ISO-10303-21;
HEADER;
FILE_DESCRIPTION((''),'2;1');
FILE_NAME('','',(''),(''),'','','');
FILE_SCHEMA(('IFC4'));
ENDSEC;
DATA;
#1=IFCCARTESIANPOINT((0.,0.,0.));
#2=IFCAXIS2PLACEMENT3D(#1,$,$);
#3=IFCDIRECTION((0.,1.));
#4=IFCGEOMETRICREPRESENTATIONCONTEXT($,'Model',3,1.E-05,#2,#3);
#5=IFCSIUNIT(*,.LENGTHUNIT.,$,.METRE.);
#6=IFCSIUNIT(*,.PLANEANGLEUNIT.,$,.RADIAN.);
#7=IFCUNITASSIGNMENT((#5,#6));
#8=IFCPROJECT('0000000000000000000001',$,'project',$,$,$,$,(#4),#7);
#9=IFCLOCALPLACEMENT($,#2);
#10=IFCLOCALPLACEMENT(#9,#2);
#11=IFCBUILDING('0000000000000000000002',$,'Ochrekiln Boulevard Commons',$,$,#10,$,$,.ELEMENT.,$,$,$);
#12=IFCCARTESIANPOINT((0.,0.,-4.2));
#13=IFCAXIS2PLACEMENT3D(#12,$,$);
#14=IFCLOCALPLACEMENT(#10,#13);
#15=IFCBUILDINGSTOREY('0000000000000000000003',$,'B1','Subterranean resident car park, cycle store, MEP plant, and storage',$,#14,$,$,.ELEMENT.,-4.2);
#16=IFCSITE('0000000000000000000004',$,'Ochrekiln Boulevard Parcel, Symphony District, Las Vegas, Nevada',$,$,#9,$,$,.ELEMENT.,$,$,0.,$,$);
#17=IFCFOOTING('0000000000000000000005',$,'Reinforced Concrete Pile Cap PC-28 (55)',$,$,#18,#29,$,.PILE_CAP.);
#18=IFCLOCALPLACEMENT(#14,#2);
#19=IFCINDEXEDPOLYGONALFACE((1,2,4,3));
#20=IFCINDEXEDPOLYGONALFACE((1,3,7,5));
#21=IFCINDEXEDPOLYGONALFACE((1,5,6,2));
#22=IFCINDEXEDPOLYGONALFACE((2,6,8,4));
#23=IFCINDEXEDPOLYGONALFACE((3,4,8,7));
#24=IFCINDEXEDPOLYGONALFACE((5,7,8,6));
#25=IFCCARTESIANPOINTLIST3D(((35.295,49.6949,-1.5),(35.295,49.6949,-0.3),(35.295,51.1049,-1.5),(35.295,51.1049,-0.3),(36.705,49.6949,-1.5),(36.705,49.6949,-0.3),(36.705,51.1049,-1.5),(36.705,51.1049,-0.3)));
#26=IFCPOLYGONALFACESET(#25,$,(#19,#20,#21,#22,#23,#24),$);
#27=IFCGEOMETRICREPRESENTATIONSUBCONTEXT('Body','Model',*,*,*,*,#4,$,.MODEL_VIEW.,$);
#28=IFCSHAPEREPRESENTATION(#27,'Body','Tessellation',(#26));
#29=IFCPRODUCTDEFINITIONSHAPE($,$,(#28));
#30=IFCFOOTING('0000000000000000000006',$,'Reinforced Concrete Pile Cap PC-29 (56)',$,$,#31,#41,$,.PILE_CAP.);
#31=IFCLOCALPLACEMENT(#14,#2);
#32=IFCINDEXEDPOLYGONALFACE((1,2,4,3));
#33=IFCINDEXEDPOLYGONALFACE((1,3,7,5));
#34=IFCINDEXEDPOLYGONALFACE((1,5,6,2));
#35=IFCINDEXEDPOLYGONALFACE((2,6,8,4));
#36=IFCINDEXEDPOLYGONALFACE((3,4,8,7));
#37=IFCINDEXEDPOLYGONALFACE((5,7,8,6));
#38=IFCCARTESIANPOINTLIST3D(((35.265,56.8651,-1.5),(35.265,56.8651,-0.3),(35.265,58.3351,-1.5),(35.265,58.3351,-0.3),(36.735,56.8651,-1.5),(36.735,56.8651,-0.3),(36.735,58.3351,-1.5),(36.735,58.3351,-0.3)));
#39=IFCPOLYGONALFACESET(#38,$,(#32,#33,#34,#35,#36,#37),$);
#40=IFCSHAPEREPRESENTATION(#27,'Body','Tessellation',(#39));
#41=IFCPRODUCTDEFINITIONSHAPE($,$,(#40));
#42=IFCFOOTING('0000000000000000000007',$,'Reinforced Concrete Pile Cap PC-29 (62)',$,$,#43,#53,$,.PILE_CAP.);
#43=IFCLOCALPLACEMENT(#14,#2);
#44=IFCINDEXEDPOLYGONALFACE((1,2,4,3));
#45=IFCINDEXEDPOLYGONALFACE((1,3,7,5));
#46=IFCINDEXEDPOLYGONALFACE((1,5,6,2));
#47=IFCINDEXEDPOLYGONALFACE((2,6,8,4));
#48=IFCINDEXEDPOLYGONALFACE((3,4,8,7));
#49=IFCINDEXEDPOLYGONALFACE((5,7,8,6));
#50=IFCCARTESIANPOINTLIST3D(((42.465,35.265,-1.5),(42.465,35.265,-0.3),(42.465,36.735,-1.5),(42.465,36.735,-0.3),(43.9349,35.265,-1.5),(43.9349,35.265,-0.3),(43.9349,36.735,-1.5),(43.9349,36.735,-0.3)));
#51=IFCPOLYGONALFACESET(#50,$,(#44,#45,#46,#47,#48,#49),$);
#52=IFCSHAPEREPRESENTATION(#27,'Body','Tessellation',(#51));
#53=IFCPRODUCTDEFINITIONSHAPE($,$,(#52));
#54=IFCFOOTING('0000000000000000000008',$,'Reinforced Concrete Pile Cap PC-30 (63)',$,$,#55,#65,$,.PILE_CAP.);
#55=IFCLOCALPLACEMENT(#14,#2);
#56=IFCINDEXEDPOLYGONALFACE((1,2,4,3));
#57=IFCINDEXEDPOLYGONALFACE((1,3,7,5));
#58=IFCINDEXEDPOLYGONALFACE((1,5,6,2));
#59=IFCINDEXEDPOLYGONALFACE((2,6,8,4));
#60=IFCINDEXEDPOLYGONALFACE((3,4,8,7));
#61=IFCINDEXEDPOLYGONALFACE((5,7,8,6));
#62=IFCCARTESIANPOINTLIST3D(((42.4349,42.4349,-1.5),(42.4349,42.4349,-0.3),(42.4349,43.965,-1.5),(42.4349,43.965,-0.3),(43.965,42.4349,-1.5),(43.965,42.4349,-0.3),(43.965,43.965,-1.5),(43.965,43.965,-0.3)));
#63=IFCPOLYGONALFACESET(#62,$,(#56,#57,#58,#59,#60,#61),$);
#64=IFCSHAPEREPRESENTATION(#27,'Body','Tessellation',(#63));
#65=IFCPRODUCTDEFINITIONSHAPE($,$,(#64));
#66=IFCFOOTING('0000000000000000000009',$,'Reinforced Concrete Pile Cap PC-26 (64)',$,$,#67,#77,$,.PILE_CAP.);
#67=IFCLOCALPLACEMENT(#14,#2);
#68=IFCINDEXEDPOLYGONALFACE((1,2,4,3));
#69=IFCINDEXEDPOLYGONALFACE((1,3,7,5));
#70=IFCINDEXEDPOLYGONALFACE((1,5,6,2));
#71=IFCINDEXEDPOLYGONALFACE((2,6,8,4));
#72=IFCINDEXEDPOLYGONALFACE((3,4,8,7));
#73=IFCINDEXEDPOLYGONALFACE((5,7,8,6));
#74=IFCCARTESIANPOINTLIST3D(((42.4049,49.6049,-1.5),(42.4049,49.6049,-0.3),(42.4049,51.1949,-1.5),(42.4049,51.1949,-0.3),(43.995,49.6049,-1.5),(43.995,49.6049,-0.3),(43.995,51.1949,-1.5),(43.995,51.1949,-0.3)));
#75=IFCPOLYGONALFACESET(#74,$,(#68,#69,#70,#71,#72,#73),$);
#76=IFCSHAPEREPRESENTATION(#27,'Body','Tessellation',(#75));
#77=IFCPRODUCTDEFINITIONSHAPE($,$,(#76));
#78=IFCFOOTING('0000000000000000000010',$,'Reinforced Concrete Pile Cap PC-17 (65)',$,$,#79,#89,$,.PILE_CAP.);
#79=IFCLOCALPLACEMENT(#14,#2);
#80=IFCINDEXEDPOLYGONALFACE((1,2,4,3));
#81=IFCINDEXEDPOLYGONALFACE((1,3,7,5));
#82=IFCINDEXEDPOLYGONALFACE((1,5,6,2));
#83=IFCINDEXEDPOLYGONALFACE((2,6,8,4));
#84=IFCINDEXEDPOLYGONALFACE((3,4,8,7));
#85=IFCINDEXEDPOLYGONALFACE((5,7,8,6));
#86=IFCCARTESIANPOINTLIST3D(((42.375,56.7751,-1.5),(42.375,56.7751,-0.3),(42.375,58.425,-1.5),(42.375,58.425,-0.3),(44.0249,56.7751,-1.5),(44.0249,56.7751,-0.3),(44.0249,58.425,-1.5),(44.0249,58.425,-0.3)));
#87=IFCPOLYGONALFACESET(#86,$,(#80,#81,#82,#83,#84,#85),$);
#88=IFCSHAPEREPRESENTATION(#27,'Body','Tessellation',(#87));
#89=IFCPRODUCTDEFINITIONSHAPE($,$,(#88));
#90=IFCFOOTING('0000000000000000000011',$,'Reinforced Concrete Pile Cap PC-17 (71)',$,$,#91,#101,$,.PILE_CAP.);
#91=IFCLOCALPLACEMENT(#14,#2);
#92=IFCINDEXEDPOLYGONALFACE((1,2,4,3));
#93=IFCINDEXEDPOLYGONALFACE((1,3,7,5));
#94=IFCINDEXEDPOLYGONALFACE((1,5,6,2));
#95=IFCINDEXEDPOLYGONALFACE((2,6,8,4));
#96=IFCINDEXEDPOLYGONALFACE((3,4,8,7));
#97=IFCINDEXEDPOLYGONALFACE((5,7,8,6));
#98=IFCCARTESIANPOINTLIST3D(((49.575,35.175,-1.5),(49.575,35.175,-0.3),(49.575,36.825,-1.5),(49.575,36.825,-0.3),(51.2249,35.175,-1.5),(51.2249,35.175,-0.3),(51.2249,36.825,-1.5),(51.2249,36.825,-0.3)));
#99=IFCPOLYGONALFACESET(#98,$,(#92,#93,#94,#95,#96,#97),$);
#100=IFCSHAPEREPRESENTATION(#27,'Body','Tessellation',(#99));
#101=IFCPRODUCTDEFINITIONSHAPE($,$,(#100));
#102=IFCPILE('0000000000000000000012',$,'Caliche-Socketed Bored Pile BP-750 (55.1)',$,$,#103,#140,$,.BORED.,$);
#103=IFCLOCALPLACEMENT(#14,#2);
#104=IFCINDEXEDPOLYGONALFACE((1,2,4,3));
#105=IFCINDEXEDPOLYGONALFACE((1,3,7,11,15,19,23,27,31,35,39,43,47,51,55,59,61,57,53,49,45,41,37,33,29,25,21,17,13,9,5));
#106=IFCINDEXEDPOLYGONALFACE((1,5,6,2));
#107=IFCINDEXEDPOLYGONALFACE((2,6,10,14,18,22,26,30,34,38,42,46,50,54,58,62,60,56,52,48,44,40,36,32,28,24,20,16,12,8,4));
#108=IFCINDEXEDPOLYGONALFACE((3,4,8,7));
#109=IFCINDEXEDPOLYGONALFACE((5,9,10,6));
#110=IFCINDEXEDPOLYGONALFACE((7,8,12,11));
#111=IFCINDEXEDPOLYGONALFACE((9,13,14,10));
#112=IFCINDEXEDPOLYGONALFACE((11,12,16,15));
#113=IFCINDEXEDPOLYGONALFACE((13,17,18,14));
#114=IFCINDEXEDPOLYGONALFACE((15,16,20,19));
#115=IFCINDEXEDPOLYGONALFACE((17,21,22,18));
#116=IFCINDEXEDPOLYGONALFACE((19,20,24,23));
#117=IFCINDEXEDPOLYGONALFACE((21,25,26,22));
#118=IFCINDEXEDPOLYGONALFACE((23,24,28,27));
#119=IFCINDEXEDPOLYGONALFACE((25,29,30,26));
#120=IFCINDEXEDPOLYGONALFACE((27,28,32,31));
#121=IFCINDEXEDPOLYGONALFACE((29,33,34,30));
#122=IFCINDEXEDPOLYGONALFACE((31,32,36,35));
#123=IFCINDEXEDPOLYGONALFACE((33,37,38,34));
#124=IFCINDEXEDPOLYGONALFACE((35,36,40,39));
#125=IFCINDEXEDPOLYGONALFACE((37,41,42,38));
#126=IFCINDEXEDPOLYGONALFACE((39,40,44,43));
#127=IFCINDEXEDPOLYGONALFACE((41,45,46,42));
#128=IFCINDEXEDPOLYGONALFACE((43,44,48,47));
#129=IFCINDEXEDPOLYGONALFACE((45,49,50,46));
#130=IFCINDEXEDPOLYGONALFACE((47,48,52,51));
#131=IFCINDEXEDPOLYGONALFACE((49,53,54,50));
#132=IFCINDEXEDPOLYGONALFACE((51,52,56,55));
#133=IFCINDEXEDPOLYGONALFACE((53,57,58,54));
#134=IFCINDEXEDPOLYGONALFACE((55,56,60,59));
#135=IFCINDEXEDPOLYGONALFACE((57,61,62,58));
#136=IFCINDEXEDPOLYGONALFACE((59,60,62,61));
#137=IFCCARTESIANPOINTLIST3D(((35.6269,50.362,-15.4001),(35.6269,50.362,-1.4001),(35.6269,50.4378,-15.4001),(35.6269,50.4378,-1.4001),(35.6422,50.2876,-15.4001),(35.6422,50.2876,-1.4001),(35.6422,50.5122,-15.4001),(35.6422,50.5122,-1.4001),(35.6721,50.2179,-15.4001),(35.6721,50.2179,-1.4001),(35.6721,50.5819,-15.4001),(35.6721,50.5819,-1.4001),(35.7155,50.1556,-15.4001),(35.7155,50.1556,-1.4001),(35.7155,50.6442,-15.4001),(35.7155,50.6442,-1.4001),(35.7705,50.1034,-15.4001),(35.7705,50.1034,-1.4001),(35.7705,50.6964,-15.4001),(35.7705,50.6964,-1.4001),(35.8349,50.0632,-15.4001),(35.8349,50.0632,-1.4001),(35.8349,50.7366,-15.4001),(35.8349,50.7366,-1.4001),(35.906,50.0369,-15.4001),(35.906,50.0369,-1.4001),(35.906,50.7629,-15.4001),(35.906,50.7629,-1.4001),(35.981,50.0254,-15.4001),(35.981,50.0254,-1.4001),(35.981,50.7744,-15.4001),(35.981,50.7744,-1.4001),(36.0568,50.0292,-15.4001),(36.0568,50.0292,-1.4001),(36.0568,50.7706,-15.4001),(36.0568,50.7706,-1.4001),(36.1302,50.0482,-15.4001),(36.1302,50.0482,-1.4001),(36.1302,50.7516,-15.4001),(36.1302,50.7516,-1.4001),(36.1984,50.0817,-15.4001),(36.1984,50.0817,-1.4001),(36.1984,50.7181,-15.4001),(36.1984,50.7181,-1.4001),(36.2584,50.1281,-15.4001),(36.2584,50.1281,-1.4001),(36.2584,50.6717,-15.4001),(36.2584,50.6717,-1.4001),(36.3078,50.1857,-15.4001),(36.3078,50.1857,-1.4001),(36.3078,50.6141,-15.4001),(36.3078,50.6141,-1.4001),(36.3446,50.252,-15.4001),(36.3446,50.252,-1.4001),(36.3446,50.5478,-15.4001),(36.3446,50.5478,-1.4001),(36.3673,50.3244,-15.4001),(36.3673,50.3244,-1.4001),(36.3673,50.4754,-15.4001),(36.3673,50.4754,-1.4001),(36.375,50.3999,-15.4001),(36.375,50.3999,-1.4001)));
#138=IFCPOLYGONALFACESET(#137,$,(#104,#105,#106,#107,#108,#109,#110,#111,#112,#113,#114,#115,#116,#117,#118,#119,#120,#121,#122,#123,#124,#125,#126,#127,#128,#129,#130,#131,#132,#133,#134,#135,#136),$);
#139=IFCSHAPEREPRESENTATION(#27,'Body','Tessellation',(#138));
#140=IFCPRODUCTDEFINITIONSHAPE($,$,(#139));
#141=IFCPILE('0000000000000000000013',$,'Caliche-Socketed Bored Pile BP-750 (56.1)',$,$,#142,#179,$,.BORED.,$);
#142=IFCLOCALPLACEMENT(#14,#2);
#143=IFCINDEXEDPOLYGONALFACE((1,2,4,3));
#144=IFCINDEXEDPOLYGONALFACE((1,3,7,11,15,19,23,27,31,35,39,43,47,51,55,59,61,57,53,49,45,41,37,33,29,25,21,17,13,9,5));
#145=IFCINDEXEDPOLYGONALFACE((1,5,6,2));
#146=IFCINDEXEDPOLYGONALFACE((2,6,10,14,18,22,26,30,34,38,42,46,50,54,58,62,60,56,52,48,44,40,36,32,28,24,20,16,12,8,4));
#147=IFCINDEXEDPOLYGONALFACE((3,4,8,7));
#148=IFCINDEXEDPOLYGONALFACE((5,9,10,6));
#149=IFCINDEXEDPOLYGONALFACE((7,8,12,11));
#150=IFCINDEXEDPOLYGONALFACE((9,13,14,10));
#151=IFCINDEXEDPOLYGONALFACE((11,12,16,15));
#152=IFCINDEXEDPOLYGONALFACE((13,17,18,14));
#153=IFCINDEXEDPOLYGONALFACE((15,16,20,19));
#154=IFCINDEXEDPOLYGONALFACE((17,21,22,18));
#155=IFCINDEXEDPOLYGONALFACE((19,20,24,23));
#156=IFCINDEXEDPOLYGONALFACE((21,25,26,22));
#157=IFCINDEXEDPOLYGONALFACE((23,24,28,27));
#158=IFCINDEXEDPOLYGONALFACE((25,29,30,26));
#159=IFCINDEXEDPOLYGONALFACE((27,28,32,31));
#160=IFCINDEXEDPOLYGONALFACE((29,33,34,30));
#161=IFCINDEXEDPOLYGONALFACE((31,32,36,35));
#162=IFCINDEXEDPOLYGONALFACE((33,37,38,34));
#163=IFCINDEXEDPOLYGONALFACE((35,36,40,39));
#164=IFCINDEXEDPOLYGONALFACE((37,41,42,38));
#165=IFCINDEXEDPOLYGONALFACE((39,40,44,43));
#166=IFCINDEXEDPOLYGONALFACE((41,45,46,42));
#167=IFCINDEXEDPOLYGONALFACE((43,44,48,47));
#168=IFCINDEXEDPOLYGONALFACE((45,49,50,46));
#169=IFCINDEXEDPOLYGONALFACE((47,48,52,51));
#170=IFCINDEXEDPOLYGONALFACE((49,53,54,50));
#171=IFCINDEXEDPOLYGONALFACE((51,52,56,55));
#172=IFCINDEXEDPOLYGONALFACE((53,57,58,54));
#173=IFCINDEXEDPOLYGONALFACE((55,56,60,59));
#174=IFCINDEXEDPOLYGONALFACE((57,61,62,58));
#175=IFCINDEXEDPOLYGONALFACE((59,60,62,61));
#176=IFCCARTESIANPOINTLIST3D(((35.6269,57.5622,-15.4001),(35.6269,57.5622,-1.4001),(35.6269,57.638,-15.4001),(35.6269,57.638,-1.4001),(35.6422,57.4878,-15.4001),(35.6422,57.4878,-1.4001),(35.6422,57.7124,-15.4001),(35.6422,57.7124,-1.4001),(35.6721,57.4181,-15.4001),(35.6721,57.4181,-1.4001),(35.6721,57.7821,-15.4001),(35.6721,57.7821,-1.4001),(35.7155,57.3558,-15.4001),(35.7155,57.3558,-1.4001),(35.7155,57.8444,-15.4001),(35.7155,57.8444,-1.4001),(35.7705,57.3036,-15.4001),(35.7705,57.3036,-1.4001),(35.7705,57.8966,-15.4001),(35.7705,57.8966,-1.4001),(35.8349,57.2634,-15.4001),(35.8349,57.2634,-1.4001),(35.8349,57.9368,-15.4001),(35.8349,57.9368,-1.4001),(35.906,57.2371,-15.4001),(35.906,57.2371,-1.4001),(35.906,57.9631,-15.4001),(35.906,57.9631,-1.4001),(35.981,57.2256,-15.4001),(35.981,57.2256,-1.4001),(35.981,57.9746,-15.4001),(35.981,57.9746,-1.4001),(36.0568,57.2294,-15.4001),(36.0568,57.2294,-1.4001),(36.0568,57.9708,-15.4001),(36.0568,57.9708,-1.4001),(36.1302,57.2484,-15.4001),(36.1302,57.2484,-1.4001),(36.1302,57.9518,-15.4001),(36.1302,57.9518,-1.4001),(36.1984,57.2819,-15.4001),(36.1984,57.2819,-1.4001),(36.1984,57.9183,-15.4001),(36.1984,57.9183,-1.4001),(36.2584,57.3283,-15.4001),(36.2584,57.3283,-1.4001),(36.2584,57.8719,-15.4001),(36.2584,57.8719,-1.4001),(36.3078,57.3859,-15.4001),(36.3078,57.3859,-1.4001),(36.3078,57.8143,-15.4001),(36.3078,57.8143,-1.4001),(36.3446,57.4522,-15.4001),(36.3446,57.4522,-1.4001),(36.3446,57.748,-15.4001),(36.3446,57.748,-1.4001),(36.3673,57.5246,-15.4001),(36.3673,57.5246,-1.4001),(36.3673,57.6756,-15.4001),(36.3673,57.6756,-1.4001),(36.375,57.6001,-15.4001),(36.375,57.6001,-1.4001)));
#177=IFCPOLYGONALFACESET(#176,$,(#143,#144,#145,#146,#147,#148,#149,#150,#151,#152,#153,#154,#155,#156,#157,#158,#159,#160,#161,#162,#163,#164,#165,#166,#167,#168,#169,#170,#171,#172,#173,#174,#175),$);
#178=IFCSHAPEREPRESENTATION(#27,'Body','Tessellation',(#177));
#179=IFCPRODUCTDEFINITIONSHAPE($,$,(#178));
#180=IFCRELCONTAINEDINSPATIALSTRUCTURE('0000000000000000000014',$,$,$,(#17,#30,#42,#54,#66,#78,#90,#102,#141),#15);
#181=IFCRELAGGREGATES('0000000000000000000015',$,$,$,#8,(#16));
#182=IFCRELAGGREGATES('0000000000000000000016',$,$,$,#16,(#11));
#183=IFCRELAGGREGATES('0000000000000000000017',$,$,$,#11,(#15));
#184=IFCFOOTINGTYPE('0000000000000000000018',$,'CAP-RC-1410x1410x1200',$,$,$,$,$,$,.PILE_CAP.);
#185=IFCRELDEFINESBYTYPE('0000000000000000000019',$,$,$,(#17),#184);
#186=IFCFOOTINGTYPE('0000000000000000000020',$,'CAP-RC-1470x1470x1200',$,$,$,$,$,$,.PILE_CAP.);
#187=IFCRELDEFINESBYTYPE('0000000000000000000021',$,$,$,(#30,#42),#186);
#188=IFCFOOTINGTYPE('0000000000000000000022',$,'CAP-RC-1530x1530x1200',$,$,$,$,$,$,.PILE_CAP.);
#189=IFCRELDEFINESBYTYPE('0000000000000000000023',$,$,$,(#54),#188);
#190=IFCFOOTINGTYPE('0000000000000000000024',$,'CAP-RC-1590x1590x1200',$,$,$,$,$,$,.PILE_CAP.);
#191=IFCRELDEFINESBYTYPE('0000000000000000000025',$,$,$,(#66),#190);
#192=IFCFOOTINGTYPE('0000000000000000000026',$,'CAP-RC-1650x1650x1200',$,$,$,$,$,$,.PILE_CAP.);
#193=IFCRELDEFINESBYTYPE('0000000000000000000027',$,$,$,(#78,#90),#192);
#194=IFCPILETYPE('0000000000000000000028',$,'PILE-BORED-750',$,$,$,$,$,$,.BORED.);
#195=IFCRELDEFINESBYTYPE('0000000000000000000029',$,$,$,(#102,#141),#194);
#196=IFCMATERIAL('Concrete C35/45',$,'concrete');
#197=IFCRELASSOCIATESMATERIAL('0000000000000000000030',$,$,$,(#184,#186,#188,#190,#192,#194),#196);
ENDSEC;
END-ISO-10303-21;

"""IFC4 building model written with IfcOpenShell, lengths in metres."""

from ifc_helpers import new_model, si_unit, direction, frame, origin, origin_2d, place, context, subcontext, project, spatial, rectangle, circle, extrude, material, material_profile, profile_set, type_object, element, save


model = new_model("IFC4")

# Units and contexts
model_context = context("Model", 3, precision=1e-05, world=origin(), true_north=direction((0.0, 1.0)))
body_context = subcontext(model_context, "Body", "Model", "MODEL_VIEW")
ifc_project = project(units=[si_unit("LENGTHUNIT", "METRE"), si_unit("PLANEANGLEUNIT", "RADIAN")], contexts=[model_context])

# Site, building, storey
site_placement = place(None, origin())
site = spatial("IfcSite", under=ifc_project, at=site_placement, Name="Ochrekiln Boulevard Parcel, Symphony District, Las Vegas, Nevada", CompositionType="ELEMENT", RefElevation=0.0)
building_placement = place(site_placement, origin())
building = spatial("IfcBuilding", under=site, at=building_placement, Name="Ochrekiln Boulevard Commons", CompositionType="ELEMENT")
storey_placement = place(building_placement, frame((0.0, 0.0, -4.2)))
storey = spatial("IfcBuildingStorey", under=building, at=storey_placement, Name="B1", Description="Subterranean resident car park, cycle store, MEP plant, and storage", CompositionType="ELEMENT", Elevation=-4.2)

# Footings
ifc_material_1 = material(Name="Concrete C35/45", Category="concrete")
footing_type_1 = type_object("IfcFootingType", Name="CAP-RC-1410x1410x1200", PredefinedType="PILE_CAP", material=ifc_material_1)
footing_1_placement = place(storey_placement, frame((36.0, 50.3999, -1.5), z_axis=(0.0, 0.0, 1.0), x_axis=(1.0, 0.0, 0.0)))
element("IfcFooting", 1, at=footing_1_placement, inside=storey, type_object=footing_type_1, Name="Reinforced Concrete Pile Cap PC-28 (55)", PredefinedType="PILE_CAP", context=body_context, shape_type="SweptSolid", body=[
    extrude(rectangle(XDim=1.4099, YDim=1.4099, at=origin_2d()), origin(), (0.0, 0.0, 1.0), 1.2),
])
footing_type_2 = type_object("IfcFootingType", Name="CAP-RC-1470x1470x1200", PredefinedType="PILE_CAP", material=ifc_material_1)
for number, where, z_axis, x_axis, name in (
    (2, (36.0, 57.6001, -1.5), (0.0, 0.0, 1.0), (1.0, 0.0, 0.0), "Reinforced Concrete Pile Cap PC-29 (56)"),
    (3, (43.2, 36.0, -1.5), (0.0, 0.0, 1.0), (1.0, 0.0, 0.0), "Reinforced Concrete Pile Cap PC-29 (62)"),
):
    element("IfcFooting", number, at=place(storey_placement, frame(where, z_axis=z_axis, x_axis=x_axis)), inside=storey, type_object=footing_type_2, Name=name, PredefinedType="PILE_CAP", context=body_context, shape_type="SweptSolid", body=[
        extrude(rectangle(XDim=1.47, YDim=1.47, at=origin_2d()), origin(), (0.0, 0.0, 1.0), 1.2),
    ])
footing_type_3 = type_object("IfcFootingType", Name="CAP-RC-1530x1530x1200", PredefinedType="PILE_CAP", material=ifc_material_1)
footing_2_placement = place(storey_placement, frame((43.2, 43.2, -1.5), z_axis=(0.0, 0.0, 1.0), x_axis=(1.0, 0.0, 0.0)))
element("IfcFooting", 4, at=footing_2_placement, inside=storey, type_object=footing_type_3, Name="Reinforced Concrete Pile Cap PC-30 (63)", PredefinedType="PILE_CAP", context=body_context, shape_type="SweptSolid", body=[
    extrude(rectangle(XDim=1.53, YDim=1.53, at=origin_2d()), origin(), (0.0, 0.0, 1.0), 1.2),
])
footing_type_4 = type_object("IfcFootingType", Name="CAP-RC-1590x1590x1200", PredefinedType="PILE_CAP", material=ifc_material_1)
footing_3_placement = place(storey_placement, frame((43.2, 50.3999, -1.5), z_axis=(0.0, 0.0, 1.0), x_axis=(1.0, 0.0, 0.0)))
element("IfcFooting", 5, at=footing_3_placement, inside=storey, type_object=footing_type_4, Name="Reinforced Concrete Pile Cap PC-26 (64)", PredefinedType="PILE_CAP", context=body_context, shape_type="SweptSolid", body=[
    extrude(rectangle(XDim=1.5901, YDim=1.5901, at=origin_2d()), origin(), (0.0, 0.0, 1.0), 1.2),
])
footing_type_5 = type_object("IfcFootingType", Name="CAP-RC-1650x1650x1200", PredefinedType="PILE_CAP", material=ifc_material_1)
for number, where, z_axis, x_axis, name in (
    (6, (43.2, 57.6001, -1.5), (0.0, 0.0, 1.0), (1.0, 0.0, 0.0), "Reinforced Concrete Pile Cap PC-17 (65)"),
    (7, (50.3999, 36.0, -1.5), (0.0, 0.0, 1.0), (1.0, 0.0, 0.0), "Reinforced Concrete Pile Cap PC-17 (71)"),
):
    element("IfcFooting", number, at=place(storey_placement, frame(where, z_axis=z_axis, x_axis=x_axis)), inside=storey, type_object=footing_type_5, Name=name, PredefinedType="PILE_CAP", context=body_context, shape_type="SweptSolid", body=[
        extrude(rectangle(XDim=1.6499, YDim=1.6499, at=origin_2d()), origin(), (0.0, 0.0, 1.0), 1.2),
    ])

# Piles
ifc_material_profile_1 = material_profile(ifc_material_1, circle(Radius=0.375, at=origin_2d()), Name="PILE-D750")
ifc_profile_set_1 = profile_set([ifc_material_profile_1], Name="Concrete C35/45")
pile_type = type_object("IfcPileType", Name="PILE-BORED-750", PredefinedType="BORED", material=ifc_profile_set_1)
for number, where, z_axis, x_axis, name in (
    (8, (36.0, 50.3999, -1.4001), (0.0, 0.0, -1.0), (1.0, 0.0, 0.0), "Caliche-Socketed Bored Pile BP-750 (55.1)"),
    (9, (36.0, 57.6001, -1.4001), (0.0, 0.0, -1.0), (1.0, 0.0, 0.0), "Caliche-Socketed Bored Pile BP-750 (56.1)"),
):
    element("IfcPile", number, at=place(storey_placement, frame(where, z_axis=z_axis, x_axis=x_axis)), inside=storey, type_object=pile_type, Name=name, PredefinedType="BORED", context=body_context, shape_type="SweptSolid", body=[
        extrude(circle(Radius=0.375, at=origin_2d()), origin(), (0.0, 0.0, 1.0), 14.0),
    ])

save(model, "model.ifc")
